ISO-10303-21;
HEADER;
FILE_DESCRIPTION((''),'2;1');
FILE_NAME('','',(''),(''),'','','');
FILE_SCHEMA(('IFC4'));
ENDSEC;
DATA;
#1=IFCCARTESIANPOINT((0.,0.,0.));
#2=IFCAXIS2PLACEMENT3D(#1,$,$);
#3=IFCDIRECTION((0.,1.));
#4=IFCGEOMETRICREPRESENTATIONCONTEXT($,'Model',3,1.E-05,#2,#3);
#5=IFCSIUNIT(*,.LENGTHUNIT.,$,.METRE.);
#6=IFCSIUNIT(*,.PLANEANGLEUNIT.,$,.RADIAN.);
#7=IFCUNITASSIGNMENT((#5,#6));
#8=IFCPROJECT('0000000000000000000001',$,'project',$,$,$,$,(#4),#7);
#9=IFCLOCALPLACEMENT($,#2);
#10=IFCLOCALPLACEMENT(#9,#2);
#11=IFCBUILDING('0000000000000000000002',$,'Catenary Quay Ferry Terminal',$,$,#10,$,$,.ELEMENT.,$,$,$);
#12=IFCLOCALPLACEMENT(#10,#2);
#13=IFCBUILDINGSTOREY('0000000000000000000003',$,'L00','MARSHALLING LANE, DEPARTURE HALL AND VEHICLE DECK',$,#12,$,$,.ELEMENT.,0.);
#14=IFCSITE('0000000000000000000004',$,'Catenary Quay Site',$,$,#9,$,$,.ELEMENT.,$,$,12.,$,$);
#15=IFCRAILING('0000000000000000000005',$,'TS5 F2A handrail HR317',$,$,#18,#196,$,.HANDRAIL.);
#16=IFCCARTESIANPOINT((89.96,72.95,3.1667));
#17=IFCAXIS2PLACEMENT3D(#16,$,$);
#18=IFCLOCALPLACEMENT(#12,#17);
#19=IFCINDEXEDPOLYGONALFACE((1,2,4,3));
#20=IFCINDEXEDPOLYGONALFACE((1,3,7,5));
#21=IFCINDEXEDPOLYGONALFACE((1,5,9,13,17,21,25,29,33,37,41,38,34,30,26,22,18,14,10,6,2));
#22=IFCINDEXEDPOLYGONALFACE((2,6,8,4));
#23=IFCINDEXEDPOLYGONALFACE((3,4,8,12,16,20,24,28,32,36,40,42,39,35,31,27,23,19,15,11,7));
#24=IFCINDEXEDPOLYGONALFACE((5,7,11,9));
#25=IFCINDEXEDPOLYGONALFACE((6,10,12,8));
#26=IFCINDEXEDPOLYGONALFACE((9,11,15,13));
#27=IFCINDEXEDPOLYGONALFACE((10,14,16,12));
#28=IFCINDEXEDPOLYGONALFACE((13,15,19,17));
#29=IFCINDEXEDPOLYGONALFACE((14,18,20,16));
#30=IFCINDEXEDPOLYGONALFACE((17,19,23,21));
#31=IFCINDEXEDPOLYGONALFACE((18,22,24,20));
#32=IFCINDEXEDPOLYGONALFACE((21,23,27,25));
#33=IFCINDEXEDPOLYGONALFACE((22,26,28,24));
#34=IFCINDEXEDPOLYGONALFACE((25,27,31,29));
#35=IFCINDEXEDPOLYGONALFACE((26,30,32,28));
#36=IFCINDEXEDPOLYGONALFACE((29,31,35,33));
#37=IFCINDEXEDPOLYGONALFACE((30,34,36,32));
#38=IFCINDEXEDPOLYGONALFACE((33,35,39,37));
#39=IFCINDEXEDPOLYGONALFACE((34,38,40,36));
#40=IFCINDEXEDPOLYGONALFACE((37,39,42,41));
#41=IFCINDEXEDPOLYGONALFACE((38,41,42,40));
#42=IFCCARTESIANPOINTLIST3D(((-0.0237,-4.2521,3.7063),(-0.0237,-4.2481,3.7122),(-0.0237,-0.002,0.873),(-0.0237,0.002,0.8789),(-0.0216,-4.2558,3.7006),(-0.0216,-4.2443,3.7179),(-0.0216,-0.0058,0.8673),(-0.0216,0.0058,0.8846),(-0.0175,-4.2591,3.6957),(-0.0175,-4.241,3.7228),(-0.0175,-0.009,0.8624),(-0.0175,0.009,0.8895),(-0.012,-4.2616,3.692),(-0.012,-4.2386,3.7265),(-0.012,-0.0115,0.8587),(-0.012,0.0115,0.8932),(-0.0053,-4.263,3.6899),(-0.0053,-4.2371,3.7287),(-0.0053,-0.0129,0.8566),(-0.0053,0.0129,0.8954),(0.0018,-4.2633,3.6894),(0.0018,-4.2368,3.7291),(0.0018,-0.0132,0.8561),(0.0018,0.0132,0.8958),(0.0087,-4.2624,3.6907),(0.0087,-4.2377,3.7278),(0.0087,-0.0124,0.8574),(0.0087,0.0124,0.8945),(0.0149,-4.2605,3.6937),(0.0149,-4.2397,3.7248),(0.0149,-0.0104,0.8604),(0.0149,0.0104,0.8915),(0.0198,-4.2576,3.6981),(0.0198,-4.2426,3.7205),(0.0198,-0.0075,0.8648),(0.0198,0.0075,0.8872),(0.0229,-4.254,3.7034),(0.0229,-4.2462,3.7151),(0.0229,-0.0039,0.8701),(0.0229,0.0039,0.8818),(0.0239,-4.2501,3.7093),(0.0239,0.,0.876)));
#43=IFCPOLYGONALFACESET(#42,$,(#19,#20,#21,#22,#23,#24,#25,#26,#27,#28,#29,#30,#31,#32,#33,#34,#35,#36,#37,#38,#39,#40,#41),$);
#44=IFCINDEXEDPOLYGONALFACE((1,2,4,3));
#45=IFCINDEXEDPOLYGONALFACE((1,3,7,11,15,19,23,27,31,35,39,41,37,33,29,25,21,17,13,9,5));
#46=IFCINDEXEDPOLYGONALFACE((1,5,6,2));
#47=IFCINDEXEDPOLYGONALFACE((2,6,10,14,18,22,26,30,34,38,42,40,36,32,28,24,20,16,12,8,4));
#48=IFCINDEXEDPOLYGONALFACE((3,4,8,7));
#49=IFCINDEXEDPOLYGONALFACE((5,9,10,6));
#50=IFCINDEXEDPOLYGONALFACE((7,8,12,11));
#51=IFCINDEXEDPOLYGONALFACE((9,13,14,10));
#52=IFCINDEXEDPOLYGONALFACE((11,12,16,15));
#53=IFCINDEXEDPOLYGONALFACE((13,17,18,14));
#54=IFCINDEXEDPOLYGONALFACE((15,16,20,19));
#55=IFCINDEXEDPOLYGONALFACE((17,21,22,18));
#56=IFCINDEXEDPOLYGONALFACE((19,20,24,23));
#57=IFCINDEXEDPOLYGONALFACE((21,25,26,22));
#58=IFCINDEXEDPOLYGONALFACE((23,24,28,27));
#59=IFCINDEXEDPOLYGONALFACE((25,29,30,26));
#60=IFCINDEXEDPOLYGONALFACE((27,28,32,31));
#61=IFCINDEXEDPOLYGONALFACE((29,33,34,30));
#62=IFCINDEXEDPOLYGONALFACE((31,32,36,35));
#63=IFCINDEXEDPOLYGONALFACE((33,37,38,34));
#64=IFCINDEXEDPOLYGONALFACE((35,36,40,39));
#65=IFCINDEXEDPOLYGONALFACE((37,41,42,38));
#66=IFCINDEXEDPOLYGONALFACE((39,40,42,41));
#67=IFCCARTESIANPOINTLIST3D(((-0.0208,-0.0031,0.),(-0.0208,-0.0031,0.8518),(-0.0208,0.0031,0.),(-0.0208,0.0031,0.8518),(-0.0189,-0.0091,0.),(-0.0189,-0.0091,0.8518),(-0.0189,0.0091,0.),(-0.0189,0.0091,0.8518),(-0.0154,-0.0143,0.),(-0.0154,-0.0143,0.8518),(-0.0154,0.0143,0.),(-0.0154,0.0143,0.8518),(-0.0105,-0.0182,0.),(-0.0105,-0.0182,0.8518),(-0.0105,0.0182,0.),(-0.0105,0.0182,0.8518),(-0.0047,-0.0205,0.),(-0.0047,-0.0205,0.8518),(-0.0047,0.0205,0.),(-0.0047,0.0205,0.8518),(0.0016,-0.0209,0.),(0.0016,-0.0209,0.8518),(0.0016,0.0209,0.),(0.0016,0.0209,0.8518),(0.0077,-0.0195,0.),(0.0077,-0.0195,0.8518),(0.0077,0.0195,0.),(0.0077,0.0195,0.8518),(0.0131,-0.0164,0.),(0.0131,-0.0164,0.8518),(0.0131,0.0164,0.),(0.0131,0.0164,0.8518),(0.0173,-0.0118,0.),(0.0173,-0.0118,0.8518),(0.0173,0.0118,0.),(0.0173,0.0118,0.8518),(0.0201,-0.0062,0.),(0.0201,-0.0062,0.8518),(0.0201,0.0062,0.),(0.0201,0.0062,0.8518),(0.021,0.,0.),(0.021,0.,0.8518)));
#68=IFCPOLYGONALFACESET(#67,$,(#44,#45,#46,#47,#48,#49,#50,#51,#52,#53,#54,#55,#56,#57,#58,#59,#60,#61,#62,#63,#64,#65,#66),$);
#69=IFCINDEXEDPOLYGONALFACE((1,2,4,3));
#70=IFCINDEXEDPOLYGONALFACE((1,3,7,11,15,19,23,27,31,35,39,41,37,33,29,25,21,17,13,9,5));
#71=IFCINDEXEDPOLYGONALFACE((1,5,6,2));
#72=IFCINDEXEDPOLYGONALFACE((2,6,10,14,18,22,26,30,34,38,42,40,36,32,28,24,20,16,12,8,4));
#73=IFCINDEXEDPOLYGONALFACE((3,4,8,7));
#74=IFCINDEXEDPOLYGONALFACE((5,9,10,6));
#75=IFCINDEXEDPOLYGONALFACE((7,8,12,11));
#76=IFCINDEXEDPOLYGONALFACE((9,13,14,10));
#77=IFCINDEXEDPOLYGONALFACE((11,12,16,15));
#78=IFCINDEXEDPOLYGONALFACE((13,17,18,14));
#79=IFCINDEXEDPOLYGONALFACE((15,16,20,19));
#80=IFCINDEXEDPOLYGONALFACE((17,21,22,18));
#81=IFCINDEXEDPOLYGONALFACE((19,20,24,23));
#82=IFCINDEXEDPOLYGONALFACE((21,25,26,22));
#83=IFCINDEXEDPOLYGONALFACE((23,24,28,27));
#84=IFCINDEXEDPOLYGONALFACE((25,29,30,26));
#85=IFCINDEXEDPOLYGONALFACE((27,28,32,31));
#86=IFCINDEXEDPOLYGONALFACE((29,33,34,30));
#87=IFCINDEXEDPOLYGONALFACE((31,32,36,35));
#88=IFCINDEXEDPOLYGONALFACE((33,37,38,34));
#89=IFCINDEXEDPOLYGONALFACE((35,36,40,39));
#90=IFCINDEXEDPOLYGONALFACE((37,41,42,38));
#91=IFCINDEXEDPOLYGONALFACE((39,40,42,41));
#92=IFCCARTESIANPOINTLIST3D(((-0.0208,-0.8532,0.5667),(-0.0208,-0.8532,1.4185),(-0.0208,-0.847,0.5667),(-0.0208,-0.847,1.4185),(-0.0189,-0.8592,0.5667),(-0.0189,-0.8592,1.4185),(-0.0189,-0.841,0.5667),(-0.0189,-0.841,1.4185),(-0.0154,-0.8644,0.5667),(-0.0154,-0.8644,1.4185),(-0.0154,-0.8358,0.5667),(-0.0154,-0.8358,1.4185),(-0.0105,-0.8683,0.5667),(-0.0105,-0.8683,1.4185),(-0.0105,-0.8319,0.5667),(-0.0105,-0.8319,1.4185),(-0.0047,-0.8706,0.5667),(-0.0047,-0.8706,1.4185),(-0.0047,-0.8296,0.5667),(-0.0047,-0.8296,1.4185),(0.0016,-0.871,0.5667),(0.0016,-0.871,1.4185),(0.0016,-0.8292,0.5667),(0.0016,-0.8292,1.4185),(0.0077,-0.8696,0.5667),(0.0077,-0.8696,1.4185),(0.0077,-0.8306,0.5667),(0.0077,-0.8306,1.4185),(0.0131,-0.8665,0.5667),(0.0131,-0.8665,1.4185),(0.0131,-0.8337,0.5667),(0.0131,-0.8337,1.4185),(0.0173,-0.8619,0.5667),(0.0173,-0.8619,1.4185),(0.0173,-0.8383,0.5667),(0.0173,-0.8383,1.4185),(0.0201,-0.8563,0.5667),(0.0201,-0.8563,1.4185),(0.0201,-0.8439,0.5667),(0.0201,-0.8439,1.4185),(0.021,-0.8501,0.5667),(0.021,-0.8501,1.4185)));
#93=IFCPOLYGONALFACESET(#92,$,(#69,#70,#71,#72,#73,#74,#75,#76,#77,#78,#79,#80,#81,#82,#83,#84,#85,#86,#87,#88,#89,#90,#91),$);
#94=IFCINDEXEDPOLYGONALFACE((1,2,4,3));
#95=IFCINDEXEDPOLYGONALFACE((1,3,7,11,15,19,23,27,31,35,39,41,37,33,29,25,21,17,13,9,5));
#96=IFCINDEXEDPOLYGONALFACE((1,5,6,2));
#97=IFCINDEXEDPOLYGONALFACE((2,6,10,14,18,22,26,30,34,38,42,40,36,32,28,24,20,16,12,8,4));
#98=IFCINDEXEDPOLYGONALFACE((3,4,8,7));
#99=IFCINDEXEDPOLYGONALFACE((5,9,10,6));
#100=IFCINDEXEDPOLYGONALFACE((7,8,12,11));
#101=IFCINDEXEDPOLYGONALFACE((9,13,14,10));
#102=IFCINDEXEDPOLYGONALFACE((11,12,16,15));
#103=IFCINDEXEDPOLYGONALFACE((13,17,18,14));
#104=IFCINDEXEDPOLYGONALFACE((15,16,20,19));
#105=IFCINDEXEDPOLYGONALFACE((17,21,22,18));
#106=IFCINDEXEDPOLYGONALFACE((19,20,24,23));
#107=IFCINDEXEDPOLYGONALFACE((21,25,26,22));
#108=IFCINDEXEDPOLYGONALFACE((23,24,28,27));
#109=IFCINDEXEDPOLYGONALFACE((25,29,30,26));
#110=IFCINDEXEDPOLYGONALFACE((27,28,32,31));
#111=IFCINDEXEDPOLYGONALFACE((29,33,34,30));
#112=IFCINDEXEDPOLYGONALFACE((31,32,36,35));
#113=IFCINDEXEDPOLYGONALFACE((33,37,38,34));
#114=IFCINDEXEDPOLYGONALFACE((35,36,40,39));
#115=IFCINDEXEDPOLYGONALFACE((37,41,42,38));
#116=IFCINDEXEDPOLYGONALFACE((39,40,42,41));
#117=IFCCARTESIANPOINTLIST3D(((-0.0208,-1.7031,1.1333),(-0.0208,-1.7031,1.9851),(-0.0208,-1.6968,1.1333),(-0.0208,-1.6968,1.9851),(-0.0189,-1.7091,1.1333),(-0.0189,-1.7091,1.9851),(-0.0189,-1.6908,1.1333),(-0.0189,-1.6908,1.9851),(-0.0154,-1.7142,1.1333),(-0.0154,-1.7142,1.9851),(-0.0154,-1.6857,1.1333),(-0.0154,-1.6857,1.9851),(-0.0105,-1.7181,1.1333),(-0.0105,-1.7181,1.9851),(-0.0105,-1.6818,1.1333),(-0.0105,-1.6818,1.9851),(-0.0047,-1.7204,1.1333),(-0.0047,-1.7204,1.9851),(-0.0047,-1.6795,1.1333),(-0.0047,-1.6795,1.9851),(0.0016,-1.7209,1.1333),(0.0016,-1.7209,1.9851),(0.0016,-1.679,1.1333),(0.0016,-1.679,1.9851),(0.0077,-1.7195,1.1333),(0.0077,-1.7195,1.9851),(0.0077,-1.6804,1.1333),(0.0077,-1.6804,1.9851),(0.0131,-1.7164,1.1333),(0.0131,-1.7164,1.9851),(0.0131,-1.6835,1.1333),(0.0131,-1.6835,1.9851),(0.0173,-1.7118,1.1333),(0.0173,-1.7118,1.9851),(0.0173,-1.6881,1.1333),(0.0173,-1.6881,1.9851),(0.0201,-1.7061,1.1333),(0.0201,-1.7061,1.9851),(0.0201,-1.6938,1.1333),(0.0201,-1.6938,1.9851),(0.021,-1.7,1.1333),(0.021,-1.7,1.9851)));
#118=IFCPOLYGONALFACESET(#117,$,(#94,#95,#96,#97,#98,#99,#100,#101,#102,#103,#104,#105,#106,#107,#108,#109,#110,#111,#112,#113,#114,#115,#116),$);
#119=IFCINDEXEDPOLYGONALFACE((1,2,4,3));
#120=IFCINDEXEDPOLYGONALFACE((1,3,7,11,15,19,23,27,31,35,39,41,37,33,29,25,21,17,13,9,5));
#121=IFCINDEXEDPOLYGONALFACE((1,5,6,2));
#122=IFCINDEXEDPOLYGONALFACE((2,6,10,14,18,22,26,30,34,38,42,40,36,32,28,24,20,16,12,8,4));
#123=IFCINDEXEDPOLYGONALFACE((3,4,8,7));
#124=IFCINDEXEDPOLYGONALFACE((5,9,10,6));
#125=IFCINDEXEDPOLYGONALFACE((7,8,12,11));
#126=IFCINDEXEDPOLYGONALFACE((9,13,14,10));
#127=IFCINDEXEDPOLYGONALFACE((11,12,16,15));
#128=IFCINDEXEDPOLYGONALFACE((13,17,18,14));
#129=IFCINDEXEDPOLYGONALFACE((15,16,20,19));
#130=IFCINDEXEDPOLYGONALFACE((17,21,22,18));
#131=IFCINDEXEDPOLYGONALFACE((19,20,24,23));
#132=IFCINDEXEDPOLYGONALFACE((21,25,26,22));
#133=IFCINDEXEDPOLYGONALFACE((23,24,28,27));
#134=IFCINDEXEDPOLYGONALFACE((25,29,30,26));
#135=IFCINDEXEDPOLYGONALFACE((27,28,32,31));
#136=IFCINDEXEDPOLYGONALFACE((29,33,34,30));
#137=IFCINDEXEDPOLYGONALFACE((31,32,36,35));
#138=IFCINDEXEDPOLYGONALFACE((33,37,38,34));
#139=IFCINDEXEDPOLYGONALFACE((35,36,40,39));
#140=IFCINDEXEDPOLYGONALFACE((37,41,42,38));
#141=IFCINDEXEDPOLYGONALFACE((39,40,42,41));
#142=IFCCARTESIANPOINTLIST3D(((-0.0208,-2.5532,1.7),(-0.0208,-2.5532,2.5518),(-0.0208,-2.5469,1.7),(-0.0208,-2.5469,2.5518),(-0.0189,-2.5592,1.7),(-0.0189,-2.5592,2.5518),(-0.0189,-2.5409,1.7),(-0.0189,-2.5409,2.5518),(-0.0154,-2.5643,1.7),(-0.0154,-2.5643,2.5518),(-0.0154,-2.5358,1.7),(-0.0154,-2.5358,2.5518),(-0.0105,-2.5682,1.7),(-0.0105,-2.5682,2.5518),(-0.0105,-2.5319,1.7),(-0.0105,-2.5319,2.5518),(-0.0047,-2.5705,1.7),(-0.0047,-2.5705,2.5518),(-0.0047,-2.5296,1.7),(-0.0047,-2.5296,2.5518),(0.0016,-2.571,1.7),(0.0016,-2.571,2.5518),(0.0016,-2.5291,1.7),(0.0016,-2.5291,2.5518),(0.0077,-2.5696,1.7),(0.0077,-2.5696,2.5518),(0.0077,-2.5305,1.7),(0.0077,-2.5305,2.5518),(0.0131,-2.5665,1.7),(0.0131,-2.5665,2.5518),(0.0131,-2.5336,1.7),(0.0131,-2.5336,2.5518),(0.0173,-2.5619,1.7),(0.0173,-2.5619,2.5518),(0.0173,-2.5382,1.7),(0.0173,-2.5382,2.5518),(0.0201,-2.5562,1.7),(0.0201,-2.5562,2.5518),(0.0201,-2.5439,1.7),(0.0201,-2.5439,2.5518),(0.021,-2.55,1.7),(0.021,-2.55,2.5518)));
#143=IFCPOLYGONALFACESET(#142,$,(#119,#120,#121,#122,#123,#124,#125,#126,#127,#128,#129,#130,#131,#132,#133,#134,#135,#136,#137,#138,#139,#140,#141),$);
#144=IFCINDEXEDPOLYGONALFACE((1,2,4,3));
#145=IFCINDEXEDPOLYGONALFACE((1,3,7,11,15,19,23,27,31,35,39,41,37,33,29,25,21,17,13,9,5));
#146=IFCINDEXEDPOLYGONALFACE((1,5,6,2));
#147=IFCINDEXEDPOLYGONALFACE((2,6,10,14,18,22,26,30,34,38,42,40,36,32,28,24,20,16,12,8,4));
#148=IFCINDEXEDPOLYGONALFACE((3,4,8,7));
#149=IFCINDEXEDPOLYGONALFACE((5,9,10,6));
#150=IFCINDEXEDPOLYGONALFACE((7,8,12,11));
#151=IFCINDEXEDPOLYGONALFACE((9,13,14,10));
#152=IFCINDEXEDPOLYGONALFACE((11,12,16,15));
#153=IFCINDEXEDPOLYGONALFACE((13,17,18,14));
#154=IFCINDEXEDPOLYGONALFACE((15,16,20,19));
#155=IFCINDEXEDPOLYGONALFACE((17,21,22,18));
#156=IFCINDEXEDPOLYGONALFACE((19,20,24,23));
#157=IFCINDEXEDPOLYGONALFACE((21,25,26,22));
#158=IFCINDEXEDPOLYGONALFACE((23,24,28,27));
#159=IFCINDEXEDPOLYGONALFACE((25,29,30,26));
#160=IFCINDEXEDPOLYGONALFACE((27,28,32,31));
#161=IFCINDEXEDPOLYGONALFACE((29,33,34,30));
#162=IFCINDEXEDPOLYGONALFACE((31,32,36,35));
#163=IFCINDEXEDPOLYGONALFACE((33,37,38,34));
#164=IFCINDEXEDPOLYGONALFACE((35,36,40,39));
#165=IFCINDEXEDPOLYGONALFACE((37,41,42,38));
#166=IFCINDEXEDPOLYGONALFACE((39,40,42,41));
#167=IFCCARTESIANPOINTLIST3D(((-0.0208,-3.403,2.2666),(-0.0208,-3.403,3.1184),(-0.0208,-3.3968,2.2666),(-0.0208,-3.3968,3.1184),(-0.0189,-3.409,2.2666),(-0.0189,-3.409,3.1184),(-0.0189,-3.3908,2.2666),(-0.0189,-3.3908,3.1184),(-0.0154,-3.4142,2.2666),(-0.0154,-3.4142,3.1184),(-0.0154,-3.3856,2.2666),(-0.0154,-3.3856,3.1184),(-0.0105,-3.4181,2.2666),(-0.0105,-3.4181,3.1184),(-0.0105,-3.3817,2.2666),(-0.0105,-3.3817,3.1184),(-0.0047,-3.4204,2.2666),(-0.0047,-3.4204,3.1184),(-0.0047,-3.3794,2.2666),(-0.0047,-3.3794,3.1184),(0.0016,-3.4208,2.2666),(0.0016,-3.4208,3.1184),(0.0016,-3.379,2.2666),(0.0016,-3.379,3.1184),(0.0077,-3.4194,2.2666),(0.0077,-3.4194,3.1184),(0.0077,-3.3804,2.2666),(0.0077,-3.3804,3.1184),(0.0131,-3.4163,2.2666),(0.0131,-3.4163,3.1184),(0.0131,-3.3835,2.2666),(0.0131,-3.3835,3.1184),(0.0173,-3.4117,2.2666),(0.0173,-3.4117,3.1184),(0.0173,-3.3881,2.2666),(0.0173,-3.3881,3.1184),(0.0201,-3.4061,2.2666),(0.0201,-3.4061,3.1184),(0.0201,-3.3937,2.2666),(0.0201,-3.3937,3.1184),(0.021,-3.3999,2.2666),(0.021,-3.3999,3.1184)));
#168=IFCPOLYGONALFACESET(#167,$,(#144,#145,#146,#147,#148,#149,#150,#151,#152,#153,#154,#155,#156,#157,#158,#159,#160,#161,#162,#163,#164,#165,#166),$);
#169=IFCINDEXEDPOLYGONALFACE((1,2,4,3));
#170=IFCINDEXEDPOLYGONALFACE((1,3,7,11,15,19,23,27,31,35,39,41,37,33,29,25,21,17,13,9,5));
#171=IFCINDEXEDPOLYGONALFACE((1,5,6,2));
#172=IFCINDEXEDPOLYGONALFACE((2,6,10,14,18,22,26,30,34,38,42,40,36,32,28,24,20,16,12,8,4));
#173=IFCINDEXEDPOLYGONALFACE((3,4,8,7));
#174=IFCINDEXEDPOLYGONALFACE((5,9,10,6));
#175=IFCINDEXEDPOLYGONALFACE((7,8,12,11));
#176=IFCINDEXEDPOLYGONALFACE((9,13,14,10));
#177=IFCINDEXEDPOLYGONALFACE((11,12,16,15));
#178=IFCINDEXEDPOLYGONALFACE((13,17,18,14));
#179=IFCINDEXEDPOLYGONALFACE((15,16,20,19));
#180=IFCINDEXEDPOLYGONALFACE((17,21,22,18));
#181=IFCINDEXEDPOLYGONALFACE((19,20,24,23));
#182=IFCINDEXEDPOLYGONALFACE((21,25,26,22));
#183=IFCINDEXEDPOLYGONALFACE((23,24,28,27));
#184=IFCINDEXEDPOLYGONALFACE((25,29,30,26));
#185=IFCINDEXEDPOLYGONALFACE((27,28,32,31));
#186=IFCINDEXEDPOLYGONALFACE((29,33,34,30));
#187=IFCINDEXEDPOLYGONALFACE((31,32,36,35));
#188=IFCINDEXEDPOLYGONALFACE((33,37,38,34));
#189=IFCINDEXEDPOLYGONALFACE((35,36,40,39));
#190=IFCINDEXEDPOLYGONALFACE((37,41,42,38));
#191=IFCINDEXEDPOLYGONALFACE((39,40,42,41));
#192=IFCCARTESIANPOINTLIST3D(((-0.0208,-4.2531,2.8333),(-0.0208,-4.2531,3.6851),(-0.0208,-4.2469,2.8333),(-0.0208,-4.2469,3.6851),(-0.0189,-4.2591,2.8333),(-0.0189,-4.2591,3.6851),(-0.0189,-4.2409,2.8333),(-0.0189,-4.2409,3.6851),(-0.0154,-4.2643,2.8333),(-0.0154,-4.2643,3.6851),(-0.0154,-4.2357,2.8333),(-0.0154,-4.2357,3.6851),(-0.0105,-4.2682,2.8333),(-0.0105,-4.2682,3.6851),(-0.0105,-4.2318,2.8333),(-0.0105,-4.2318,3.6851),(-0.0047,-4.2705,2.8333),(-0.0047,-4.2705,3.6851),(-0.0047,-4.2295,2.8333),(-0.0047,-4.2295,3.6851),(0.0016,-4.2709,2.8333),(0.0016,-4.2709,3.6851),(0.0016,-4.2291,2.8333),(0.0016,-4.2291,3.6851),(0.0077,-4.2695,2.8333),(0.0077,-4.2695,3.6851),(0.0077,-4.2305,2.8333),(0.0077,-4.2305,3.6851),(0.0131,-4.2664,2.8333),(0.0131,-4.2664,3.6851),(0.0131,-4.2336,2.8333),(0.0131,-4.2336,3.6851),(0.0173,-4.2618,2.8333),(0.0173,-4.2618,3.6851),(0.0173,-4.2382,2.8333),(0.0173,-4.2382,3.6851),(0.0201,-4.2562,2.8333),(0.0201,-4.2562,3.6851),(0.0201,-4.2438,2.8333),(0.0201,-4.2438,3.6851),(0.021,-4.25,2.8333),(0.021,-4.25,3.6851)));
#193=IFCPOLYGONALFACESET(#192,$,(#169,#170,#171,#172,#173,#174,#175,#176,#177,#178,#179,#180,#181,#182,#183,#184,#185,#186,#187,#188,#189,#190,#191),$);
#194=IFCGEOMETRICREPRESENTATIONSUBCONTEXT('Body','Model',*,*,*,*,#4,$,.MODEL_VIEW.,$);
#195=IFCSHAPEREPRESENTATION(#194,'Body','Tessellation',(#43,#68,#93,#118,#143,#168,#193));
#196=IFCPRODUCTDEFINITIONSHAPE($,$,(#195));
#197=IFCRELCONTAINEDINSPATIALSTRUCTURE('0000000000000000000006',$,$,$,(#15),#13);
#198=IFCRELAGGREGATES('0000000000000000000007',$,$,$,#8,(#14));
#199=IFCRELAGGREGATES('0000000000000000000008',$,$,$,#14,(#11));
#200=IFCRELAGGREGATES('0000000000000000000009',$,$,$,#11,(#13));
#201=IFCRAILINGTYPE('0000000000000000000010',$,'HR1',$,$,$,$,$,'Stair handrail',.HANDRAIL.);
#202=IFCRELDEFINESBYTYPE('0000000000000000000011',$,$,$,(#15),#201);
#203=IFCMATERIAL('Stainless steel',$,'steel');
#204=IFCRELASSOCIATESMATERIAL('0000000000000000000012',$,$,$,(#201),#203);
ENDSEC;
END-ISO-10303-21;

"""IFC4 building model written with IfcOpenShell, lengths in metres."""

from ifc_helpers import new_model, si_unit, direction, frame, origin, origin_2d, place, context, subcontext, project, spatial, circle, extrude, material, type_object, element, save


model = new_model("IFC4")

# Units and contexts
model_context = context("Model", 3, precision=1e-05, world=origin(), true_north=direction((0.0, 1.0)))
body_context = subcontext(model_context, "Body", "Model", "MODEL_VIEW")
ifc_project = project(units=[si_unit("LENGTHUNIT", "METRE"), si_unit("PLANEANGLEUNIT", "RADIAN")], contexts=[model_context])

# Site, building, storey
site_placement = place(None, origin())
site = spatial("IfcSite", under=ifc_project, at=site_placement, Name="Catenary Quay Site", CompositionType="ELEMENT", RefElevation=12.0)
building_placement = place(site_placement, origin())
building = spatial("IfcBuilding", under=site, at=building_placement, Name="Catenary Quay Ferry Terminal", CompositionType="ELEMENT")
storey_placement = place(building_placement, origin())
storey = spatial("IfcBuildingStorey", under=building, at=storey_placement, Name="L00", Description="MARSHALLING LANE, DEPARTURE HALL AND VEHICLE DECK", CompositionType="ELEMENT", Elevation=0.0)

# Railing
ifc_material_1 = material(Name="Stainless steel", Category="steel")
railing_type_1 = type_object("IfcRailingType", Name="HR1", ElementType="Stair handrail", PredefinedType="HANDRAIL", material=ifc_material_1)
for number, where, name in (
    (1, (89.96, 72.95, 3.1667), "TS5 F2A handrail HR317"),
):
    element("IfcRailing", number, at=place(storey_placement, frame(where)), inside=storey, type_object=railing_type_1, Name=name, PredefinedType="HANDRAIL", context=body_context, shape_type="SweptSolid", body=[
        extrude(circle(Radius=0.0239, at=origin_2d()), frame((0.0, 0.0, 0.876), z_axis=(0.0, -0.832058, 0.554689), x_axis=(1.0, 0.0, 0.0)), (0.0, 0.0, 1.0), 5.1079),
        extrude(circle(Radius=0.021, at=origin_2d()), origin(), (0.0, 0.0, 1.0), 0.8518),
        extrude(circle(Radius=0.021, at=origin_2d()), frame((0.0, -0.8501, 0.5667)), (0.0, 0.0, 1.0), 0.8518),
        extrude(circle(Radius=0.021, at=origin_2d()), frame((0.0, -1.7, 1.1333)), (0.0, 0.0, 1.0), 0.8518),
        extrude(circle(Radius=0.021, at=origin_2d()), frame((0.0, -2.55, 1.7)), (0.0, 0.0, 1.0), 0.8518),
        extrude(circle(Radius=0.021, at=origin_2d()), frame((0.0, -3.3999, 2.2666)), (0.0, 0.0, 1.0), 0.8518),
        extrude(circle(Radius=0.021, at=origin_2d()), frame((0.0, -4.25, 2.8333)), (0.0, 0.0, 1.0), 0.8518),
    ])

save(model, "model.ifc")
